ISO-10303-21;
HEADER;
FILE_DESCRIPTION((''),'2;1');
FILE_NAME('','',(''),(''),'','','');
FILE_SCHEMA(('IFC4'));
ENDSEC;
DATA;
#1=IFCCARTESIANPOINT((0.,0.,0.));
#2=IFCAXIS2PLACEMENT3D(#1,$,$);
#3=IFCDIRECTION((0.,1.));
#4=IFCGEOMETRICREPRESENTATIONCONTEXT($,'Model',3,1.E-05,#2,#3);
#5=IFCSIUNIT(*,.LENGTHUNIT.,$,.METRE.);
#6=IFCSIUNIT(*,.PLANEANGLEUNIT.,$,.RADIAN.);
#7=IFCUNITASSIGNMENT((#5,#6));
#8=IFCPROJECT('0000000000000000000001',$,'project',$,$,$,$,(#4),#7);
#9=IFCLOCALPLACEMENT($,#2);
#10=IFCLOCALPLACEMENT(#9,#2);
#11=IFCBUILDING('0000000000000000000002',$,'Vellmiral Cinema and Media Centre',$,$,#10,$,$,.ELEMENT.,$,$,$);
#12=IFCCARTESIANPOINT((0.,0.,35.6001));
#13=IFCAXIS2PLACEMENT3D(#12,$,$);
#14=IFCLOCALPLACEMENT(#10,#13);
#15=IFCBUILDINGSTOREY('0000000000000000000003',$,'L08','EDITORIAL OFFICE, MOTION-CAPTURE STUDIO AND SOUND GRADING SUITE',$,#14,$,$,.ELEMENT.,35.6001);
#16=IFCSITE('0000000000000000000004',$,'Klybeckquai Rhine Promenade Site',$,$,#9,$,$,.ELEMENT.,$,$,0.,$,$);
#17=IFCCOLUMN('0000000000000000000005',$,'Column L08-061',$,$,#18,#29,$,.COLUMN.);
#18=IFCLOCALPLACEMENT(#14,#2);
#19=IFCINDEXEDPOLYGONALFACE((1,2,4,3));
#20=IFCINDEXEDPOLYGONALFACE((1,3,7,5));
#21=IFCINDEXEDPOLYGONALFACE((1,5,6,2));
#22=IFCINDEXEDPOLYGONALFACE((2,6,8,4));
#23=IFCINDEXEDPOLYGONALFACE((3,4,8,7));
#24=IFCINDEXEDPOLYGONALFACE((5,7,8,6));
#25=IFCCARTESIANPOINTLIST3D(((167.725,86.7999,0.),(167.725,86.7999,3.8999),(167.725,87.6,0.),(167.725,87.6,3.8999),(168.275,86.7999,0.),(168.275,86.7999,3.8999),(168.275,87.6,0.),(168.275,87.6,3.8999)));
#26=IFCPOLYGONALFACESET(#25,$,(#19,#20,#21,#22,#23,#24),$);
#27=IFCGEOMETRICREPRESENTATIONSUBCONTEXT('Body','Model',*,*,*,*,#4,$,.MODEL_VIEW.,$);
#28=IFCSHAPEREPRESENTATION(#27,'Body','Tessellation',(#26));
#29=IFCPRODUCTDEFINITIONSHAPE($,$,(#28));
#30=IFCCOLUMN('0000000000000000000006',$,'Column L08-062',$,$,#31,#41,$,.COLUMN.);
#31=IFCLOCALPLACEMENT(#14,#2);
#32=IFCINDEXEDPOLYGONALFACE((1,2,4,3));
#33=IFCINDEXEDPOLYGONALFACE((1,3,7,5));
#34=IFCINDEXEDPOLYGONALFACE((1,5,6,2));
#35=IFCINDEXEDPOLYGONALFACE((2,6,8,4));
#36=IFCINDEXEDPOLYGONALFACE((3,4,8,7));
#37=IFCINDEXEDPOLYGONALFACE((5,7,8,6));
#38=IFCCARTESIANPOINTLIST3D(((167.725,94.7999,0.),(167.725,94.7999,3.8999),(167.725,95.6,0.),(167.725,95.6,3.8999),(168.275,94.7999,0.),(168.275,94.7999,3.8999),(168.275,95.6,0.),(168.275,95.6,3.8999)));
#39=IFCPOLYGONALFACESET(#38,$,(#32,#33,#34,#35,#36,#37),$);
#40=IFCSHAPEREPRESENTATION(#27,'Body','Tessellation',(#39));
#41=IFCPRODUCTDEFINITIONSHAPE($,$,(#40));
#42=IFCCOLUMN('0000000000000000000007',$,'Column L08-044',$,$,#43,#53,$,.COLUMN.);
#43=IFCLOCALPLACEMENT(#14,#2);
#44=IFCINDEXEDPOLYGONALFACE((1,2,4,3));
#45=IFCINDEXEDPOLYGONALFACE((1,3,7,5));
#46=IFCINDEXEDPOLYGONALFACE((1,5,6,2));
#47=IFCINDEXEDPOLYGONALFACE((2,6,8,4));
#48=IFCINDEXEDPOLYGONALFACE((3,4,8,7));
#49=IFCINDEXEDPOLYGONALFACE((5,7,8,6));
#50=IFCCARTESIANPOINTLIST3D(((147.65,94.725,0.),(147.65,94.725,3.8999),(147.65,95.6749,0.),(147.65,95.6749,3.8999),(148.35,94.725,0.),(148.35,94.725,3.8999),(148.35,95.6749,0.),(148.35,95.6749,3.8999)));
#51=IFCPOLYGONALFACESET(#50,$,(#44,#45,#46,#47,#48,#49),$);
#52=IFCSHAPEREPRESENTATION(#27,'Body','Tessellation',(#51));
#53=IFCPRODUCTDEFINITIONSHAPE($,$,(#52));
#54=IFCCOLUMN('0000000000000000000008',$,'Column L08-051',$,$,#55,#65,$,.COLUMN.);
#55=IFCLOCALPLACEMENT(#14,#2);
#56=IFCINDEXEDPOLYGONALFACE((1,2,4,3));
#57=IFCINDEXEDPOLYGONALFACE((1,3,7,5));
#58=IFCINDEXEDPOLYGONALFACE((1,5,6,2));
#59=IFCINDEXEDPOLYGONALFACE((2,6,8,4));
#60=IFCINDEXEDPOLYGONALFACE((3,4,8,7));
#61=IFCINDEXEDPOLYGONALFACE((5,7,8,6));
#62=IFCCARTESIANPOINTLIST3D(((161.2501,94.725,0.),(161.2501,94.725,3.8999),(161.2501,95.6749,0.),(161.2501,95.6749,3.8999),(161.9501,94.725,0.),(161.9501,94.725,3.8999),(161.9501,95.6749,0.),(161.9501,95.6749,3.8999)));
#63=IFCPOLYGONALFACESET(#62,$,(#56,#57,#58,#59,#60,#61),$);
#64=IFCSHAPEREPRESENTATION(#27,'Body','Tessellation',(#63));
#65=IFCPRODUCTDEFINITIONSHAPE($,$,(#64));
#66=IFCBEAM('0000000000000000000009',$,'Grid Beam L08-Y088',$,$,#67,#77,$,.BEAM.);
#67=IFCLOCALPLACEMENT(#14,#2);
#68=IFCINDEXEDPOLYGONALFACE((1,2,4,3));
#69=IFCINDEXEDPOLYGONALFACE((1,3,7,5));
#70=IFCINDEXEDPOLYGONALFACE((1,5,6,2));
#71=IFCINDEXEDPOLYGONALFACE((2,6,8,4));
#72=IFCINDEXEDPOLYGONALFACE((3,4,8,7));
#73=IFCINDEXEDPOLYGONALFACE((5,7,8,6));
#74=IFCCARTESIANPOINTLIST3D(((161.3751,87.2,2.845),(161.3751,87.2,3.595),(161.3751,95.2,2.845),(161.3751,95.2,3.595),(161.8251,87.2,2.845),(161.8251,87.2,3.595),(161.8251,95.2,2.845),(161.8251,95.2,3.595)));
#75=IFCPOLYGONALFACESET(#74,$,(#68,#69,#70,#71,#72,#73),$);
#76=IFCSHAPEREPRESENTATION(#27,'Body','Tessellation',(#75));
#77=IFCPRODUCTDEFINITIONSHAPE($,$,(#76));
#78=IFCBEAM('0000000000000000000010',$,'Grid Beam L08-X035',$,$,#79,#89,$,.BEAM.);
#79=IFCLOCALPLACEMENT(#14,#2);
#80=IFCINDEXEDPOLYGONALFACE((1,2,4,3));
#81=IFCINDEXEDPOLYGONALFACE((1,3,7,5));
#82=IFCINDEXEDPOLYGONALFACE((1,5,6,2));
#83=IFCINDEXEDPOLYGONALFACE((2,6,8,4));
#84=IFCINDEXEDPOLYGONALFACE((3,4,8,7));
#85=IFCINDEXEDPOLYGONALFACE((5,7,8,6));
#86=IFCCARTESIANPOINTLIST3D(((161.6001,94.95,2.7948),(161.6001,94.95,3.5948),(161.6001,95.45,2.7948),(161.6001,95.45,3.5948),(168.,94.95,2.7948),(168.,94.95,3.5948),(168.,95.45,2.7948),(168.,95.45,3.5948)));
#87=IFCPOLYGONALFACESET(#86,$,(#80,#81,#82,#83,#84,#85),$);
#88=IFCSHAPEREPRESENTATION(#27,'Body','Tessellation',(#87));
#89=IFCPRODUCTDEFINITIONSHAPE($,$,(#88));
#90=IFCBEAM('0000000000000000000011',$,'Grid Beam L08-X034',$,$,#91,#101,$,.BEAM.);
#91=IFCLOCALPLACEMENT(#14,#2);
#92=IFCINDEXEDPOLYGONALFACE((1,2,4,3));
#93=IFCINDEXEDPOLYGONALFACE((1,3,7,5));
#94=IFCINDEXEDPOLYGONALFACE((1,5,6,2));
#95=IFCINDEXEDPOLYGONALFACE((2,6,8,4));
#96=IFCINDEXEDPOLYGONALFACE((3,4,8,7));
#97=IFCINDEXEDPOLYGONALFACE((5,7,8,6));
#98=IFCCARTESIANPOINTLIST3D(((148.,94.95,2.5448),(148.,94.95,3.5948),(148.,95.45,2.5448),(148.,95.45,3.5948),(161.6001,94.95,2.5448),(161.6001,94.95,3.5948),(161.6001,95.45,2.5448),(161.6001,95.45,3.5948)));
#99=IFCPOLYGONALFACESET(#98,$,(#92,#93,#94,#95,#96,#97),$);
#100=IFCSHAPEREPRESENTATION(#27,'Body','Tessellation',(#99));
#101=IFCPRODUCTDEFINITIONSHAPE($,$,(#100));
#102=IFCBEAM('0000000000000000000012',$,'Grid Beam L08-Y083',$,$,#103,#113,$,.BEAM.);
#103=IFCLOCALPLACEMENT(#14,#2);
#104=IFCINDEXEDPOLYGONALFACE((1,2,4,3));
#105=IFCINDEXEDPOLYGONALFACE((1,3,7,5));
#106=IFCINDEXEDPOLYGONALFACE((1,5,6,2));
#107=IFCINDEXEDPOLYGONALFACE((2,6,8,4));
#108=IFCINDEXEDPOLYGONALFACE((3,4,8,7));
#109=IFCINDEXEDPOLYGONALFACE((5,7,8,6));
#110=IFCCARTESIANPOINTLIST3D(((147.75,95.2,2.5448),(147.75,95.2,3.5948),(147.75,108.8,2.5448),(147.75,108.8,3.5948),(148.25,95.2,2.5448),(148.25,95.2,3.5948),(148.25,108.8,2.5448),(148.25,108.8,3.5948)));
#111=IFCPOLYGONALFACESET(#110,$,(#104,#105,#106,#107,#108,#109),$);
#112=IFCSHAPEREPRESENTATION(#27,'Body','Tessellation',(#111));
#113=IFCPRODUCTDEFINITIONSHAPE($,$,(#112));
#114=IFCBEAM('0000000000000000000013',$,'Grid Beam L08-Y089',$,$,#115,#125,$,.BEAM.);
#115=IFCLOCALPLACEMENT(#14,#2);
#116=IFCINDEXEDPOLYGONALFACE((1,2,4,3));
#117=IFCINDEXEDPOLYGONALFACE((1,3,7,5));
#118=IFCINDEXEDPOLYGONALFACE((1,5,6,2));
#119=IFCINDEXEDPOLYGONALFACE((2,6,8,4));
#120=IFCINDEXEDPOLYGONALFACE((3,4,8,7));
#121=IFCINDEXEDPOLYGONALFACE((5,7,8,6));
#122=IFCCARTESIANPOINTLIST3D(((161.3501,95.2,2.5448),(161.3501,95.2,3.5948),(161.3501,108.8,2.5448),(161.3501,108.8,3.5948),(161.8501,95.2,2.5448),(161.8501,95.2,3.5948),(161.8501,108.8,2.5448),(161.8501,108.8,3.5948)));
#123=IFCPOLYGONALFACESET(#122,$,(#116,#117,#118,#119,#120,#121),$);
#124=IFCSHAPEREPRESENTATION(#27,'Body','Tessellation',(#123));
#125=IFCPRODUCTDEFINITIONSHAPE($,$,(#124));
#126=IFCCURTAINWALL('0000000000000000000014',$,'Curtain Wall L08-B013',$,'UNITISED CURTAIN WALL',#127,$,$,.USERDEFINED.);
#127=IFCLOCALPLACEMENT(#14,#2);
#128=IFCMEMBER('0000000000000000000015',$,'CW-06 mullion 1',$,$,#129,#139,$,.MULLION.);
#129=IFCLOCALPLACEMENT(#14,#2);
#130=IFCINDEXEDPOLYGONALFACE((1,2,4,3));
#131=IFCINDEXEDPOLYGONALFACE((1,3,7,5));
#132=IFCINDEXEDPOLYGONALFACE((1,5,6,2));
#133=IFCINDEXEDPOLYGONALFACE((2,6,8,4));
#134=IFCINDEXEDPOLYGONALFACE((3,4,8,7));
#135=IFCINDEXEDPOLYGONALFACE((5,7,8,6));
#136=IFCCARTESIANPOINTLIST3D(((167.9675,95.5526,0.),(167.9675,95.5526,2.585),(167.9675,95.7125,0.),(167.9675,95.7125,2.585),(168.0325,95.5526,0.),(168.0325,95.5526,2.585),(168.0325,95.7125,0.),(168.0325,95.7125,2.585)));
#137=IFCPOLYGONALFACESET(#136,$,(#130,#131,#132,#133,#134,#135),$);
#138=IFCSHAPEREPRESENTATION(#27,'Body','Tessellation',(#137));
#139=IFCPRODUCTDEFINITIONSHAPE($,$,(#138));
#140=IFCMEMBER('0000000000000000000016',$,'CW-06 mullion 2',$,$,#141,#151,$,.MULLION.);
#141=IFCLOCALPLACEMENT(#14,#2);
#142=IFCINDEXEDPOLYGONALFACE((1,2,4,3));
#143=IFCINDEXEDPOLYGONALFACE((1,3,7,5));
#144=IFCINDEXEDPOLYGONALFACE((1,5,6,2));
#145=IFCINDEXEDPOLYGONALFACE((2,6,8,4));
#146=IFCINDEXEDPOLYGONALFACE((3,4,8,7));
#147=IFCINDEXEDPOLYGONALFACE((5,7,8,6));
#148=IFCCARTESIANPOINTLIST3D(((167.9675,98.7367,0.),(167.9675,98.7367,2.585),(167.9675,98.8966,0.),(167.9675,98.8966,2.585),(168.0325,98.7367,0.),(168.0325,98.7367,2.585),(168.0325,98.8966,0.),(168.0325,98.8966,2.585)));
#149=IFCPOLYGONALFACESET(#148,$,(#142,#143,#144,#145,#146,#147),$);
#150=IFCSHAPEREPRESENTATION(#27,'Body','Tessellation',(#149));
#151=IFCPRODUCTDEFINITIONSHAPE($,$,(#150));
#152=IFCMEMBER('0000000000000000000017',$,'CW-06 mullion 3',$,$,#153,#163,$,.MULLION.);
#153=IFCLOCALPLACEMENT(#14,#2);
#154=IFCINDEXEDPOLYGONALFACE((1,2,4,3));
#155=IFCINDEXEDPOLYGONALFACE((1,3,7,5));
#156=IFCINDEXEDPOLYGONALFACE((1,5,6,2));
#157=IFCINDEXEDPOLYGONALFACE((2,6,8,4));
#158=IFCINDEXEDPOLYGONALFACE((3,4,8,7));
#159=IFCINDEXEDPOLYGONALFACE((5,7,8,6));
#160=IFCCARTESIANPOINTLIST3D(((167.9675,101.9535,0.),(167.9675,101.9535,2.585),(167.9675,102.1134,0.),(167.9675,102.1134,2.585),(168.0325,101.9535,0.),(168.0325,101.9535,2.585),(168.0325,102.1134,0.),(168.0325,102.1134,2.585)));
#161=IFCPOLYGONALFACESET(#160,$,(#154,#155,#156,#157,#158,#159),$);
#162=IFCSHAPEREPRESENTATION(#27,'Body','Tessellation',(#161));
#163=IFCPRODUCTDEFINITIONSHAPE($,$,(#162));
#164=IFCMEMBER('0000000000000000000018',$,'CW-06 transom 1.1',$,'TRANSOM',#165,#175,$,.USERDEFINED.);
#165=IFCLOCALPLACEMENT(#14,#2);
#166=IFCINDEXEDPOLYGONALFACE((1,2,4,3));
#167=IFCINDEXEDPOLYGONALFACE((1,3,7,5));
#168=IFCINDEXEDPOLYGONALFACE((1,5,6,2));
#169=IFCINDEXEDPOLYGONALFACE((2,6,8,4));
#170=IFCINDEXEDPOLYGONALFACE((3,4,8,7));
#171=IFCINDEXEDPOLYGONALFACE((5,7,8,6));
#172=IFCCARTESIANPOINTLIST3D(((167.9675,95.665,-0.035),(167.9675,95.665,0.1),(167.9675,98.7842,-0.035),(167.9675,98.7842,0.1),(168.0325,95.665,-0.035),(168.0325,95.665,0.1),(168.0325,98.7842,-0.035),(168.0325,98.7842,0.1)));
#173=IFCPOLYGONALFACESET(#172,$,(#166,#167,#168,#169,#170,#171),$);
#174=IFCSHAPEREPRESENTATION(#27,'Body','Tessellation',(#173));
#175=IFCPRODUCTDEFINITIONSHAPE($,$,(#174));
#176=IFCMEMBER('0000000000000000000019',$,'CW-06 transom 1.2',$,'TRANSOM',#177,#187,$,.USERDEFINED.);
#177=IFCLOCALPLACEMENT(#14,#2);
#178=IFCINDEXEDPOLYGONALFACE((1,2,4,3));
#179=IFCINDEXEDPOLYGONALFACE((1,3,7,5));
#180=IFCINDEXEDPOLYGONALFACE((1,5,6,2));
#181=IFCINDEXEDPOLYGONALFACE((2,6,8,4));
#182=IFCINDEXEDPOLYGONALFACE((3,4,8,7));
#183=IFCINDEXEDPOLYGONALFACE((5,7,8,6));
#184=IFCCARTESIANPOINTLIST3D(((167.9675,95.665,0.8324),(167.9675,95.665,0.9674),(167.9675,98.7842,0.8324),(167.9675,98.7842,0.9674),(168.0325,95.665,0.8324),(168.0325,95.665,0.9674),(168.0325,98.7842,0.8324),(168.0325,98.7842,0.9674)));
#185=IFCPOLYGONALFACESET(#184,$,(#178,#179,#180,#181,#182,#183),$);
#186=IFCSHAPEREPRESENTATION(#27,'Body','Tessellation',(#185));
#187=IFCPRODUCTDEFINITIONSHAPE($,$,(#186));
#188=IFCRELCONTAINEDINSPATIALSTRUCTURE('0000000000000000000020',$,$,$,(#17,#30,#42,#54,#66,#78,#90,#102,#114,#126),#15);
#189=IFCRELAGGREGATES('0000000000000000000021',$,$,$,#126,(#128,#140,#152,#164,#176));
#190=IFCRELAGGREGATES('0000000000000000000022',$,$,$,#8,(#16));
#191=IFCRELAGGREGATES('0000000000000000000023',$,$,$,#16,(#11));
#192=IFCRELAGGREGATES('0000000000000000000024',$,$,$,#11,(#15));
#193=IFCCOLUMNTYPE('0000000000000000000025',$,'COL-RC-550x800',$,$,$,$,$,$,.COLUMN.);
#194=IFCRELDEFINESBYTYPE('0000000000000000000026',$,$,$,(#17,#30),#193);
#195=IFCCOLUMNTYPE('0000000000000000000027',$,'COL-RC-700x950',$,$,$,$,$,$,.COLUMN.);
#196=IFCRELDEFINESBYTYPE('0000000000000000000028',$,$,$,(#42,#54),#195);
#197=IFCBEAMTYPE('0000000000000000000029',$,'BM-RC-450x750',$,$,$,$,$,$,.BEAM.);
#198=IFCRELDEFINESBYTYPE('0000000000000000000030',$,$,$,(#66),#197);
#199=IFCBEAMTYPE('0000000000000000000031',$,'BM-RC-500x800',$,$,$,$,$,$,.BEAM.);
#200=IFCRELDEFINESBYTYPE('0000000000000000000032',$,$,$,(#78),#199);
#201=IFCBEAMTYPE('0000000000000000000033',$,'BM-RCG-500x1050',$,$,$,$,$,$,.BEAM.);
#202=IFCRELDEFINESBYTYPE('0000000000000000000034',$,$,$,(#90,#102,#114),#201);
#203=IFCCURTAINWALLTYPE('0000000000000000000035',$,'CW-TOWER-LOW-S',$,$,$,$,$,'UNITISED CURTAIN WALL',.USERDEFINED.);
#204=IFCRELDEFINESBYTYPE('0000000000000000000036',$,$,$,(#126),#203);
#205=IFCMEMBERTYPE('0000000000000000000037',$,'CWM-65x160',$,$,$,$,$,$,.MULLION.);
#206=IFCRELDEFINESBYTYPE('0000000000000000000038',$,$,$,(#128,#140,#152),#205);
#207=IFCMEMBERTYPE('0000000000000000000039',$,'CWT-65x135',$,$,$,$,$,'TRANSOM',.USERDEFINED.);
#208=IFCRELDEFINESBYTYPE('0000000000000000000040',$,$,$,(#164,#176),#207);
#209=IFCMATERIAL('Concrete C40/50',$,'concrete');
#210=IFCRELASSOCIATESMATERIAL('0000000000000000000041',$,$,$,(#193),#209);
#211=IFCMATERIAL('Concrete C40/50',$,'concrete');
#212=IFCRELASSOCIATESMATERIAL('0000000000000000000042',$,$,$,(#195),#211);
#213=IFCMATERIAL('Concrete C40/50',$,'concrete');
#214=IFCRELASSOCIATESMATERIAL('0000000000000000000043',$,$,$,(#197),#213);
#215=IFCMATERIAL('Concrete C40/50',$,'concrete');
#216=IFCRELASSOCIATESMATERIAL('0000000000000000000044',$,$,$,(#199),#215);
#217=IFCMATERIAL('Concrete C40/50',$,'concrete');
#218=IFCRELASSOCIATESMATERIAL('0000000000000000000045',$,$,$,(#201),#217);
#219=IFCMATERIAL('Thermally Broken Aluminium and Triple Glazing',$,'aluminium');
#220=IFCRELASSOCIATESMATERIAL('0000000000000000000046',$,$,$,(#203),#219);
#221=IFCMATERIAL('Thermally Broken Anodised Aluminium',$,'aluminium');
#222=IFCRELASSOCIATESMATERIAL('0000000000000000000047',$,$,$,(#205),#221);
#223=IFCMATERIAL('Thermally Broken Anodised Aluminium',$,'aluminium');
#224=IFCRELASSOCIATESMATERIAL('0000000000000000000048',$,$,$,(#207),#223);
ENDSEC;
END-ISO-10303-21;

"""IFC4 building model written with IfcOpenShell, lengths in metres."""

from ifc_helpers import new_model, si_unit, direction, frame, origin, origin_2d, place, context, subcontext, project, spatial, rectangle, extrude, material, material_profile, profile_set, type_object, element, aggregate, save


model = new_model("IFC4")

# Units and contexts
model_context = context("Model", 3, precision=1e-05, world=origin(), true_north=direction((0.0, 1.0)))
body_context = subcontext(model_context, "Body", "Model", "MODEL_VIEW")
ifc_project = project(units=[si_unit("LENGTHUNIT", "METRE"), si_unit("PLANEANGLEUNIT", "RADIAN")], contexts=[model_context])

# Site, building, storey
site_placement = place(None, origin())
site = spatial("IfcSite", under=ifc_project, at=site_placement, Name="Klybeckquai Rhine Promenade Site", CompositionType="ELEMENT", RefElevation=0.0)
building_placement = place(site_placement, origin())
building = spatial("IfcBuilding", under=site, at=building_placement, Name="Vellmiral Cinema and Media Centre", CompositionType="ELEMENT")
storey_placement = place(building_placement, frame((0.0, 0.0, 35.6001)))
storey = spatial("IfcBuildingStorey", under=building, at=storey_placement, Name="L08", Description="EDITORIAL OFFICE, MOTION-CAPTURE STUDIO AND SOUND GRADING SUITE", CompositionType="ELEMENT", Elevation=35.6001)

# Columns
ifc_material_1 = material(Name="Concrete C40/50", Category="concrete")
ifc_material_profile_1 = material_profile(ifc_material_1, rectangle(XDim=0.55, YDim=0.8, at=origin_2d()), Name="RC 550x800")
ifc_profile_set_1 = profile_set([ifc_material_profile_1], Name="Concrete C40/50")
column_type_1 = type_object("IfcColumnType", Name="COL-RC-550x800", PredefinedType="COLUMN", material=ifc_profile_set_1)
for number, where, z_axis, x_axis, name in (
    (1, (168.0, 87.2, 0.0), (0.0, 0.0, 1.0), (1.0, 0.0, 0.0), "Column L08-061"),
    (2, (168.0, 95.2, 0.0), (0.0, 0.0, 1.0), (1.0, 0.0, 0.0), "Column L08-062"),
):
    element("IfcColumn", number, at=place(storey_placement, frame(where, z_axis=z_axis, x_axis=x_axis)), inside=storey, type_object=column_type_1, Name=name, PredefinedType="COLUMN", context=body_context, shape_type="SweptSolid", body=[
        extrude(rectangle(XDim=0.55, YDim=0.8, at=origin_2d()), origin(), (0.0, 0.0, 1.0), 3.8999),
    ])
ifc_material_2 = material(Name="Concrete C40/50", Category="concrete")
ifc_material_profile_2 = material_profile(ifc_material_2, rectangle(XDim=0.7, YDim=0.95, at=origin_2d()), Name="RC 700x950")
ifc_profile_set_2 = profile_set([ifc_material_profile_2], Name="Concrete C40/50")
column_type_2 = type_object("IfcColumnType", Name="COL-RC-700x950", PredefinedType="COLUMN", material=ifc_profile_set_2)
for number, where, z_axis, x_axis, name in (
    (3, (148.0, 95.2, 0.0), (0.0, 0.0, 1.0), (1.0, 0.0, 0.0), "Column L08-044"),
    (4, (161.6001, 95.2, 0.0), (0.0, 0.0, 1.0), (1.0, 0.0, 0.0), "Column L08-051"),
):
    element("IfcColumn", number, at=place(storey_placement, frame(where, z_axis=z_axis, x_axis=x_axis)), inside=storey, type_object=column_type_2, Name=name, PredefinedType="COLUMN", context=body_context, shape_type="SweptSolid", body=[
        extrude(rectangle(XDim=0.7, YDim=0.95, at=origin_2d()), origin(), (0.0, 0.0, 1.0), 3.8999),
    ])

# Beams
ifc_material_3 = material(Name="Concrete C40/50", Category="concrete")
ifc_material_profile_3 = material_profile(ifc_material_3, rectangle(XDim=0.45, YDim=0.75, at=origin_2d()), Name="RC 450x750")
ifc_profile_set_3 = profile_set([ifc_material_profile_3], Name="Concrete C40/50")
beam_type_1 = type_object("IfcBeamType", Name="BM-RC-450x750", PredefinedType="BEAM", material=ifc_profile_set_3)
beam_1_placement = place(storey_placement, frame((161.6001, 87.2, 3.22), z_axis=(0.0, 1.0, 0.0), x_axis=(-1.0, 0.0, 0.0)))
element("IfcBeam", 5, at=beam_1_placement, inside=storey, type_object=beam_type_1, Name="Grid Beam L08-Y088", PredefinedType="BEAM", context=body_context, shape_type="SweptSolid", body=[
    extrude(rectangle(XDim=0.45, YDim=0.75, at=origin_2d()), origin(), (0.0, 0.0, 1.0), 8.0),
])
ifc_material_4 = material(Name="Concrete C40/50", Category="concrete")
ifc_material_profile_4 = material_profile(ifc_material_4, rectangle(XDim=0.5, YDim=0.8, at=origin_2d()), Name="RC 500x800")
ifc_profile_set_4 = profile_set([ifc_material_profile_4], Name="Concrete C40/50")
beam_type_2 = type_object("IfcBeamType", Name="BM-RC-500x800", PredefinedType="BEAM", material=ifc_profile_set_4)
beam_2_placement = place(storey_placement, frame((161.6001, 95.2, 3.1948), z_axis=(1.0, 0.0, 0.0), x_axis=(0.0, 1.0, 0.0)))
element("IfcBeam", 6, at=beam_2_placement, inside=storey, type_object=beam_type_2, Name="Grid Beam L08-X035", PredefinedType="BEAM", context=body_context, shape_type="SweptSolid", body=[
    extrude(rectangle(XDim=0.5, YDim=0.8, at=origin_2d()), origin(), (0.0, 0.0, 1.0), 6.3999),
])
ifc_material_5 = material(Name="Concrete C40/50", Category="concrete")
ifc_material_profile_5 = material_profile(ifc_material_5, rectangle(XDim=0.5, YDim=1.05, at=origin_2d()), Name="RC 500x1050")
ifc_profile_set_5 = profile_set([ifc_material_profile_5], Name="Concrete C40/50")
beam_type_3 = type_object("IfcBeamType", Name="BM-RCG-500x1050", PredefinedType="BEAM", material=ifc_profile_set_5)
for number, where, z_axis, x_axis, name in (
    (7, (148.0, 95.2, 3.0698), (1.0, 0.0, 0.0), (0.0, 1.0, 0.0), "Grid Beam L08-X034"),
    (8, (148.0, 95.2, 3.0698), (0.0, 1.0, 0.0), (-1.0, 0.0, 0.0), "Grid Beam L08-Y083"),
    (9, (161.6001, 95.2, 3.0698), (0.0, 1.0, 0.0), (-1.0, 0.0, 0.0), "Grid Beam L08-Y089"),
):
    element("IfcBeam", number, at=place(storey_placement, frame(where, z_axis=z_axis, x_axis=x_axis)), inside=storey, type_object=beam_type_3, Name=name, PredefinedType="BEAM", context=body_context, shape_type="SweptSolid", body=[
        extrude(rectangle(XDim=0.5, YDim=1.05, at=origin_2d()), origin(), (0.0, 0.0, 1.0), 13.6001),
    ])

# Curtain wall, members
ifc_material_6 = material(Name="Thermally Broken Aluminium and Triple Glazing", Category="aluminium")
curtain_wall_type = type_object("IfcCurtainWallType", Name="CW-TOWER-LOW-S", ElementType="UNITISED CURTAIN WALL", PredefinedType="USERDEFINED", material=ifc_material_6)
curtain_wall_placement = place(storey_placement, origin())
curtain_wall = element("IfcCurtainWall", 10, at=curtain_wall_placement, inside=storey, type_object=curtain_wall_type, Name="Curtain Wall L08-B013", ObjectType="UNITISED CURTAIN WALL", PredefinedType="USERDEFINED")
ifc_material_7 = material(Name="Thermally Broken Anodised Aluminium", Category="aluminium")
ifc_material_profile_6 = material_profile(ifc_material_7, rectangle(XDim=0.0649, YDim=0.1599, at=origin_2d()), Name="MULL 65x160")
ifc_profile_set_6 = profile_set([ifc_material_profile_6], Name="Thermally Broken Anodised Aluminium")
member_type_1 = type_object("IfcMemberType", Name="CWM-65x160", PredefinedType="MULLION", material=ifc_profile_set_6)
member_1_placement = place(storey_placement, frame((168.0, 95.6326, 0.0), z_axis=(0.0, 0.0, 1.0), x_axis=(-1.0, 0.0, 0.0)))
member_1 = element("IfcMember", 11, at=member_1_placement, type_object=member_type_1, Name="CW-06 mullion 1", PredefinedType="MULLION", context=body_context, shape_type="SweptSolid", body=[
    extrude(rectangle(XDim=0.0649, YDim=0.1599, at=origin_2d()), origin(), (0.0, 0.0, 1.0), 2.585),
])
member_2_placement = place(storey_placement, frame((168.0, 98.8167, 0.0), z_axis=(0.0, 0.0, 1.0), x_axis=(-1.0, 0.0, 0.0)))
member_2 = element("IfcMember", 12, at=member_2_placement, type_object=member_type_1, Name="CW-06 mullion 2", PredefinedType="MULLION", context=body_context, shape_type="SweptSolid", body=[
    extrude(rectangle(XDim=0.0649, YDim=0.1599, at=origin_2d()), origin(), (0.0, 0.0, 1.0), 2.585),
])
member_3_placement = place(storey_placement, frame((168.0, 102.0334, 0.0), z_axis=(0.0, 0.0, 1.0), x_axis=(-1.0, 0.0, 0.0)))
member_3 = element("IfcMember", 13, at=member_3_placement, type_object=member_type_1, Name="CW-06 mullion 3", PredefinedType="MULLION", context=body_context, shape_type="SweptSolid", body=[
    extrude(rectangle(XDim=0.0649, YDim=0.1599, at=origin_2d()), origin(), (0.0, 0.0, 1.0), 2.585),
])
ifc_material_8 = material(Name="Thermally Broken Anodised Aluminium", Category="aluminium")
ifc_material_profile_7 = material_profile(ifc_material_8, rectangle(XDim=0.0649, YDim=0.135, at=origin_2d()), Name="MULL 65x135")
ifc_profile_set_7 = profile_set([ifc_material_profile_7], Name="Thermally Broken Anodised Aluminium")
member_type_2 = type_object("IfcMemberType", Name="CWT-65x135", ElementType="TRANSOM", PredefinedType="USERDEFINED", material=ifc_profile_set_7)
member_4_placement = place(storey_placement, frame((168.0, 95.665, 0.0325), z_axis=(0.0, 1.0, 0.0), x_axis=(-1.0, 0.0, 0.0)))
member_4 = element("IfcMember", 14, at=member_4_placement, type_object=member_type_2, Name="CW-06 transom 1.1", ObjectType="TRANSOM", PredefinedType="USERDEFINED", context=body_context, shape_type="SweptSolid", body=[
    extrude(rectangle(XDim=0.0649, YDim=0.135, at=origin_2d()), origin(), (0.0, 0.0, 1.0), 3.1191),
])
member_5_placement = place(storey_placement, frame((168.0, 95.665, 0.8999), z_axis=(0.0, 1.0, 0.0), x_axis=(-1.0, 0.0, 0.0)))
member_5 = element("IfcMember", 15, at=member_5_placement, type_object=member_type_2, Name="CW-06 transom 1.2", ObjectType="TRANSOM", PredefinedType="USERDEFINED", context=body_context, shape_type="SweptSolid", body=[
    extrude(rectangle(XDim=0.0649, YDim=0.135, at=origin_2d()), origin(), (0.0, 0.0, 1.0), 3.1191),
])

aggregate(curtain_wall, [member_1, member_2, member_3, member_4, member_5])

save(model, "model.ifc")
